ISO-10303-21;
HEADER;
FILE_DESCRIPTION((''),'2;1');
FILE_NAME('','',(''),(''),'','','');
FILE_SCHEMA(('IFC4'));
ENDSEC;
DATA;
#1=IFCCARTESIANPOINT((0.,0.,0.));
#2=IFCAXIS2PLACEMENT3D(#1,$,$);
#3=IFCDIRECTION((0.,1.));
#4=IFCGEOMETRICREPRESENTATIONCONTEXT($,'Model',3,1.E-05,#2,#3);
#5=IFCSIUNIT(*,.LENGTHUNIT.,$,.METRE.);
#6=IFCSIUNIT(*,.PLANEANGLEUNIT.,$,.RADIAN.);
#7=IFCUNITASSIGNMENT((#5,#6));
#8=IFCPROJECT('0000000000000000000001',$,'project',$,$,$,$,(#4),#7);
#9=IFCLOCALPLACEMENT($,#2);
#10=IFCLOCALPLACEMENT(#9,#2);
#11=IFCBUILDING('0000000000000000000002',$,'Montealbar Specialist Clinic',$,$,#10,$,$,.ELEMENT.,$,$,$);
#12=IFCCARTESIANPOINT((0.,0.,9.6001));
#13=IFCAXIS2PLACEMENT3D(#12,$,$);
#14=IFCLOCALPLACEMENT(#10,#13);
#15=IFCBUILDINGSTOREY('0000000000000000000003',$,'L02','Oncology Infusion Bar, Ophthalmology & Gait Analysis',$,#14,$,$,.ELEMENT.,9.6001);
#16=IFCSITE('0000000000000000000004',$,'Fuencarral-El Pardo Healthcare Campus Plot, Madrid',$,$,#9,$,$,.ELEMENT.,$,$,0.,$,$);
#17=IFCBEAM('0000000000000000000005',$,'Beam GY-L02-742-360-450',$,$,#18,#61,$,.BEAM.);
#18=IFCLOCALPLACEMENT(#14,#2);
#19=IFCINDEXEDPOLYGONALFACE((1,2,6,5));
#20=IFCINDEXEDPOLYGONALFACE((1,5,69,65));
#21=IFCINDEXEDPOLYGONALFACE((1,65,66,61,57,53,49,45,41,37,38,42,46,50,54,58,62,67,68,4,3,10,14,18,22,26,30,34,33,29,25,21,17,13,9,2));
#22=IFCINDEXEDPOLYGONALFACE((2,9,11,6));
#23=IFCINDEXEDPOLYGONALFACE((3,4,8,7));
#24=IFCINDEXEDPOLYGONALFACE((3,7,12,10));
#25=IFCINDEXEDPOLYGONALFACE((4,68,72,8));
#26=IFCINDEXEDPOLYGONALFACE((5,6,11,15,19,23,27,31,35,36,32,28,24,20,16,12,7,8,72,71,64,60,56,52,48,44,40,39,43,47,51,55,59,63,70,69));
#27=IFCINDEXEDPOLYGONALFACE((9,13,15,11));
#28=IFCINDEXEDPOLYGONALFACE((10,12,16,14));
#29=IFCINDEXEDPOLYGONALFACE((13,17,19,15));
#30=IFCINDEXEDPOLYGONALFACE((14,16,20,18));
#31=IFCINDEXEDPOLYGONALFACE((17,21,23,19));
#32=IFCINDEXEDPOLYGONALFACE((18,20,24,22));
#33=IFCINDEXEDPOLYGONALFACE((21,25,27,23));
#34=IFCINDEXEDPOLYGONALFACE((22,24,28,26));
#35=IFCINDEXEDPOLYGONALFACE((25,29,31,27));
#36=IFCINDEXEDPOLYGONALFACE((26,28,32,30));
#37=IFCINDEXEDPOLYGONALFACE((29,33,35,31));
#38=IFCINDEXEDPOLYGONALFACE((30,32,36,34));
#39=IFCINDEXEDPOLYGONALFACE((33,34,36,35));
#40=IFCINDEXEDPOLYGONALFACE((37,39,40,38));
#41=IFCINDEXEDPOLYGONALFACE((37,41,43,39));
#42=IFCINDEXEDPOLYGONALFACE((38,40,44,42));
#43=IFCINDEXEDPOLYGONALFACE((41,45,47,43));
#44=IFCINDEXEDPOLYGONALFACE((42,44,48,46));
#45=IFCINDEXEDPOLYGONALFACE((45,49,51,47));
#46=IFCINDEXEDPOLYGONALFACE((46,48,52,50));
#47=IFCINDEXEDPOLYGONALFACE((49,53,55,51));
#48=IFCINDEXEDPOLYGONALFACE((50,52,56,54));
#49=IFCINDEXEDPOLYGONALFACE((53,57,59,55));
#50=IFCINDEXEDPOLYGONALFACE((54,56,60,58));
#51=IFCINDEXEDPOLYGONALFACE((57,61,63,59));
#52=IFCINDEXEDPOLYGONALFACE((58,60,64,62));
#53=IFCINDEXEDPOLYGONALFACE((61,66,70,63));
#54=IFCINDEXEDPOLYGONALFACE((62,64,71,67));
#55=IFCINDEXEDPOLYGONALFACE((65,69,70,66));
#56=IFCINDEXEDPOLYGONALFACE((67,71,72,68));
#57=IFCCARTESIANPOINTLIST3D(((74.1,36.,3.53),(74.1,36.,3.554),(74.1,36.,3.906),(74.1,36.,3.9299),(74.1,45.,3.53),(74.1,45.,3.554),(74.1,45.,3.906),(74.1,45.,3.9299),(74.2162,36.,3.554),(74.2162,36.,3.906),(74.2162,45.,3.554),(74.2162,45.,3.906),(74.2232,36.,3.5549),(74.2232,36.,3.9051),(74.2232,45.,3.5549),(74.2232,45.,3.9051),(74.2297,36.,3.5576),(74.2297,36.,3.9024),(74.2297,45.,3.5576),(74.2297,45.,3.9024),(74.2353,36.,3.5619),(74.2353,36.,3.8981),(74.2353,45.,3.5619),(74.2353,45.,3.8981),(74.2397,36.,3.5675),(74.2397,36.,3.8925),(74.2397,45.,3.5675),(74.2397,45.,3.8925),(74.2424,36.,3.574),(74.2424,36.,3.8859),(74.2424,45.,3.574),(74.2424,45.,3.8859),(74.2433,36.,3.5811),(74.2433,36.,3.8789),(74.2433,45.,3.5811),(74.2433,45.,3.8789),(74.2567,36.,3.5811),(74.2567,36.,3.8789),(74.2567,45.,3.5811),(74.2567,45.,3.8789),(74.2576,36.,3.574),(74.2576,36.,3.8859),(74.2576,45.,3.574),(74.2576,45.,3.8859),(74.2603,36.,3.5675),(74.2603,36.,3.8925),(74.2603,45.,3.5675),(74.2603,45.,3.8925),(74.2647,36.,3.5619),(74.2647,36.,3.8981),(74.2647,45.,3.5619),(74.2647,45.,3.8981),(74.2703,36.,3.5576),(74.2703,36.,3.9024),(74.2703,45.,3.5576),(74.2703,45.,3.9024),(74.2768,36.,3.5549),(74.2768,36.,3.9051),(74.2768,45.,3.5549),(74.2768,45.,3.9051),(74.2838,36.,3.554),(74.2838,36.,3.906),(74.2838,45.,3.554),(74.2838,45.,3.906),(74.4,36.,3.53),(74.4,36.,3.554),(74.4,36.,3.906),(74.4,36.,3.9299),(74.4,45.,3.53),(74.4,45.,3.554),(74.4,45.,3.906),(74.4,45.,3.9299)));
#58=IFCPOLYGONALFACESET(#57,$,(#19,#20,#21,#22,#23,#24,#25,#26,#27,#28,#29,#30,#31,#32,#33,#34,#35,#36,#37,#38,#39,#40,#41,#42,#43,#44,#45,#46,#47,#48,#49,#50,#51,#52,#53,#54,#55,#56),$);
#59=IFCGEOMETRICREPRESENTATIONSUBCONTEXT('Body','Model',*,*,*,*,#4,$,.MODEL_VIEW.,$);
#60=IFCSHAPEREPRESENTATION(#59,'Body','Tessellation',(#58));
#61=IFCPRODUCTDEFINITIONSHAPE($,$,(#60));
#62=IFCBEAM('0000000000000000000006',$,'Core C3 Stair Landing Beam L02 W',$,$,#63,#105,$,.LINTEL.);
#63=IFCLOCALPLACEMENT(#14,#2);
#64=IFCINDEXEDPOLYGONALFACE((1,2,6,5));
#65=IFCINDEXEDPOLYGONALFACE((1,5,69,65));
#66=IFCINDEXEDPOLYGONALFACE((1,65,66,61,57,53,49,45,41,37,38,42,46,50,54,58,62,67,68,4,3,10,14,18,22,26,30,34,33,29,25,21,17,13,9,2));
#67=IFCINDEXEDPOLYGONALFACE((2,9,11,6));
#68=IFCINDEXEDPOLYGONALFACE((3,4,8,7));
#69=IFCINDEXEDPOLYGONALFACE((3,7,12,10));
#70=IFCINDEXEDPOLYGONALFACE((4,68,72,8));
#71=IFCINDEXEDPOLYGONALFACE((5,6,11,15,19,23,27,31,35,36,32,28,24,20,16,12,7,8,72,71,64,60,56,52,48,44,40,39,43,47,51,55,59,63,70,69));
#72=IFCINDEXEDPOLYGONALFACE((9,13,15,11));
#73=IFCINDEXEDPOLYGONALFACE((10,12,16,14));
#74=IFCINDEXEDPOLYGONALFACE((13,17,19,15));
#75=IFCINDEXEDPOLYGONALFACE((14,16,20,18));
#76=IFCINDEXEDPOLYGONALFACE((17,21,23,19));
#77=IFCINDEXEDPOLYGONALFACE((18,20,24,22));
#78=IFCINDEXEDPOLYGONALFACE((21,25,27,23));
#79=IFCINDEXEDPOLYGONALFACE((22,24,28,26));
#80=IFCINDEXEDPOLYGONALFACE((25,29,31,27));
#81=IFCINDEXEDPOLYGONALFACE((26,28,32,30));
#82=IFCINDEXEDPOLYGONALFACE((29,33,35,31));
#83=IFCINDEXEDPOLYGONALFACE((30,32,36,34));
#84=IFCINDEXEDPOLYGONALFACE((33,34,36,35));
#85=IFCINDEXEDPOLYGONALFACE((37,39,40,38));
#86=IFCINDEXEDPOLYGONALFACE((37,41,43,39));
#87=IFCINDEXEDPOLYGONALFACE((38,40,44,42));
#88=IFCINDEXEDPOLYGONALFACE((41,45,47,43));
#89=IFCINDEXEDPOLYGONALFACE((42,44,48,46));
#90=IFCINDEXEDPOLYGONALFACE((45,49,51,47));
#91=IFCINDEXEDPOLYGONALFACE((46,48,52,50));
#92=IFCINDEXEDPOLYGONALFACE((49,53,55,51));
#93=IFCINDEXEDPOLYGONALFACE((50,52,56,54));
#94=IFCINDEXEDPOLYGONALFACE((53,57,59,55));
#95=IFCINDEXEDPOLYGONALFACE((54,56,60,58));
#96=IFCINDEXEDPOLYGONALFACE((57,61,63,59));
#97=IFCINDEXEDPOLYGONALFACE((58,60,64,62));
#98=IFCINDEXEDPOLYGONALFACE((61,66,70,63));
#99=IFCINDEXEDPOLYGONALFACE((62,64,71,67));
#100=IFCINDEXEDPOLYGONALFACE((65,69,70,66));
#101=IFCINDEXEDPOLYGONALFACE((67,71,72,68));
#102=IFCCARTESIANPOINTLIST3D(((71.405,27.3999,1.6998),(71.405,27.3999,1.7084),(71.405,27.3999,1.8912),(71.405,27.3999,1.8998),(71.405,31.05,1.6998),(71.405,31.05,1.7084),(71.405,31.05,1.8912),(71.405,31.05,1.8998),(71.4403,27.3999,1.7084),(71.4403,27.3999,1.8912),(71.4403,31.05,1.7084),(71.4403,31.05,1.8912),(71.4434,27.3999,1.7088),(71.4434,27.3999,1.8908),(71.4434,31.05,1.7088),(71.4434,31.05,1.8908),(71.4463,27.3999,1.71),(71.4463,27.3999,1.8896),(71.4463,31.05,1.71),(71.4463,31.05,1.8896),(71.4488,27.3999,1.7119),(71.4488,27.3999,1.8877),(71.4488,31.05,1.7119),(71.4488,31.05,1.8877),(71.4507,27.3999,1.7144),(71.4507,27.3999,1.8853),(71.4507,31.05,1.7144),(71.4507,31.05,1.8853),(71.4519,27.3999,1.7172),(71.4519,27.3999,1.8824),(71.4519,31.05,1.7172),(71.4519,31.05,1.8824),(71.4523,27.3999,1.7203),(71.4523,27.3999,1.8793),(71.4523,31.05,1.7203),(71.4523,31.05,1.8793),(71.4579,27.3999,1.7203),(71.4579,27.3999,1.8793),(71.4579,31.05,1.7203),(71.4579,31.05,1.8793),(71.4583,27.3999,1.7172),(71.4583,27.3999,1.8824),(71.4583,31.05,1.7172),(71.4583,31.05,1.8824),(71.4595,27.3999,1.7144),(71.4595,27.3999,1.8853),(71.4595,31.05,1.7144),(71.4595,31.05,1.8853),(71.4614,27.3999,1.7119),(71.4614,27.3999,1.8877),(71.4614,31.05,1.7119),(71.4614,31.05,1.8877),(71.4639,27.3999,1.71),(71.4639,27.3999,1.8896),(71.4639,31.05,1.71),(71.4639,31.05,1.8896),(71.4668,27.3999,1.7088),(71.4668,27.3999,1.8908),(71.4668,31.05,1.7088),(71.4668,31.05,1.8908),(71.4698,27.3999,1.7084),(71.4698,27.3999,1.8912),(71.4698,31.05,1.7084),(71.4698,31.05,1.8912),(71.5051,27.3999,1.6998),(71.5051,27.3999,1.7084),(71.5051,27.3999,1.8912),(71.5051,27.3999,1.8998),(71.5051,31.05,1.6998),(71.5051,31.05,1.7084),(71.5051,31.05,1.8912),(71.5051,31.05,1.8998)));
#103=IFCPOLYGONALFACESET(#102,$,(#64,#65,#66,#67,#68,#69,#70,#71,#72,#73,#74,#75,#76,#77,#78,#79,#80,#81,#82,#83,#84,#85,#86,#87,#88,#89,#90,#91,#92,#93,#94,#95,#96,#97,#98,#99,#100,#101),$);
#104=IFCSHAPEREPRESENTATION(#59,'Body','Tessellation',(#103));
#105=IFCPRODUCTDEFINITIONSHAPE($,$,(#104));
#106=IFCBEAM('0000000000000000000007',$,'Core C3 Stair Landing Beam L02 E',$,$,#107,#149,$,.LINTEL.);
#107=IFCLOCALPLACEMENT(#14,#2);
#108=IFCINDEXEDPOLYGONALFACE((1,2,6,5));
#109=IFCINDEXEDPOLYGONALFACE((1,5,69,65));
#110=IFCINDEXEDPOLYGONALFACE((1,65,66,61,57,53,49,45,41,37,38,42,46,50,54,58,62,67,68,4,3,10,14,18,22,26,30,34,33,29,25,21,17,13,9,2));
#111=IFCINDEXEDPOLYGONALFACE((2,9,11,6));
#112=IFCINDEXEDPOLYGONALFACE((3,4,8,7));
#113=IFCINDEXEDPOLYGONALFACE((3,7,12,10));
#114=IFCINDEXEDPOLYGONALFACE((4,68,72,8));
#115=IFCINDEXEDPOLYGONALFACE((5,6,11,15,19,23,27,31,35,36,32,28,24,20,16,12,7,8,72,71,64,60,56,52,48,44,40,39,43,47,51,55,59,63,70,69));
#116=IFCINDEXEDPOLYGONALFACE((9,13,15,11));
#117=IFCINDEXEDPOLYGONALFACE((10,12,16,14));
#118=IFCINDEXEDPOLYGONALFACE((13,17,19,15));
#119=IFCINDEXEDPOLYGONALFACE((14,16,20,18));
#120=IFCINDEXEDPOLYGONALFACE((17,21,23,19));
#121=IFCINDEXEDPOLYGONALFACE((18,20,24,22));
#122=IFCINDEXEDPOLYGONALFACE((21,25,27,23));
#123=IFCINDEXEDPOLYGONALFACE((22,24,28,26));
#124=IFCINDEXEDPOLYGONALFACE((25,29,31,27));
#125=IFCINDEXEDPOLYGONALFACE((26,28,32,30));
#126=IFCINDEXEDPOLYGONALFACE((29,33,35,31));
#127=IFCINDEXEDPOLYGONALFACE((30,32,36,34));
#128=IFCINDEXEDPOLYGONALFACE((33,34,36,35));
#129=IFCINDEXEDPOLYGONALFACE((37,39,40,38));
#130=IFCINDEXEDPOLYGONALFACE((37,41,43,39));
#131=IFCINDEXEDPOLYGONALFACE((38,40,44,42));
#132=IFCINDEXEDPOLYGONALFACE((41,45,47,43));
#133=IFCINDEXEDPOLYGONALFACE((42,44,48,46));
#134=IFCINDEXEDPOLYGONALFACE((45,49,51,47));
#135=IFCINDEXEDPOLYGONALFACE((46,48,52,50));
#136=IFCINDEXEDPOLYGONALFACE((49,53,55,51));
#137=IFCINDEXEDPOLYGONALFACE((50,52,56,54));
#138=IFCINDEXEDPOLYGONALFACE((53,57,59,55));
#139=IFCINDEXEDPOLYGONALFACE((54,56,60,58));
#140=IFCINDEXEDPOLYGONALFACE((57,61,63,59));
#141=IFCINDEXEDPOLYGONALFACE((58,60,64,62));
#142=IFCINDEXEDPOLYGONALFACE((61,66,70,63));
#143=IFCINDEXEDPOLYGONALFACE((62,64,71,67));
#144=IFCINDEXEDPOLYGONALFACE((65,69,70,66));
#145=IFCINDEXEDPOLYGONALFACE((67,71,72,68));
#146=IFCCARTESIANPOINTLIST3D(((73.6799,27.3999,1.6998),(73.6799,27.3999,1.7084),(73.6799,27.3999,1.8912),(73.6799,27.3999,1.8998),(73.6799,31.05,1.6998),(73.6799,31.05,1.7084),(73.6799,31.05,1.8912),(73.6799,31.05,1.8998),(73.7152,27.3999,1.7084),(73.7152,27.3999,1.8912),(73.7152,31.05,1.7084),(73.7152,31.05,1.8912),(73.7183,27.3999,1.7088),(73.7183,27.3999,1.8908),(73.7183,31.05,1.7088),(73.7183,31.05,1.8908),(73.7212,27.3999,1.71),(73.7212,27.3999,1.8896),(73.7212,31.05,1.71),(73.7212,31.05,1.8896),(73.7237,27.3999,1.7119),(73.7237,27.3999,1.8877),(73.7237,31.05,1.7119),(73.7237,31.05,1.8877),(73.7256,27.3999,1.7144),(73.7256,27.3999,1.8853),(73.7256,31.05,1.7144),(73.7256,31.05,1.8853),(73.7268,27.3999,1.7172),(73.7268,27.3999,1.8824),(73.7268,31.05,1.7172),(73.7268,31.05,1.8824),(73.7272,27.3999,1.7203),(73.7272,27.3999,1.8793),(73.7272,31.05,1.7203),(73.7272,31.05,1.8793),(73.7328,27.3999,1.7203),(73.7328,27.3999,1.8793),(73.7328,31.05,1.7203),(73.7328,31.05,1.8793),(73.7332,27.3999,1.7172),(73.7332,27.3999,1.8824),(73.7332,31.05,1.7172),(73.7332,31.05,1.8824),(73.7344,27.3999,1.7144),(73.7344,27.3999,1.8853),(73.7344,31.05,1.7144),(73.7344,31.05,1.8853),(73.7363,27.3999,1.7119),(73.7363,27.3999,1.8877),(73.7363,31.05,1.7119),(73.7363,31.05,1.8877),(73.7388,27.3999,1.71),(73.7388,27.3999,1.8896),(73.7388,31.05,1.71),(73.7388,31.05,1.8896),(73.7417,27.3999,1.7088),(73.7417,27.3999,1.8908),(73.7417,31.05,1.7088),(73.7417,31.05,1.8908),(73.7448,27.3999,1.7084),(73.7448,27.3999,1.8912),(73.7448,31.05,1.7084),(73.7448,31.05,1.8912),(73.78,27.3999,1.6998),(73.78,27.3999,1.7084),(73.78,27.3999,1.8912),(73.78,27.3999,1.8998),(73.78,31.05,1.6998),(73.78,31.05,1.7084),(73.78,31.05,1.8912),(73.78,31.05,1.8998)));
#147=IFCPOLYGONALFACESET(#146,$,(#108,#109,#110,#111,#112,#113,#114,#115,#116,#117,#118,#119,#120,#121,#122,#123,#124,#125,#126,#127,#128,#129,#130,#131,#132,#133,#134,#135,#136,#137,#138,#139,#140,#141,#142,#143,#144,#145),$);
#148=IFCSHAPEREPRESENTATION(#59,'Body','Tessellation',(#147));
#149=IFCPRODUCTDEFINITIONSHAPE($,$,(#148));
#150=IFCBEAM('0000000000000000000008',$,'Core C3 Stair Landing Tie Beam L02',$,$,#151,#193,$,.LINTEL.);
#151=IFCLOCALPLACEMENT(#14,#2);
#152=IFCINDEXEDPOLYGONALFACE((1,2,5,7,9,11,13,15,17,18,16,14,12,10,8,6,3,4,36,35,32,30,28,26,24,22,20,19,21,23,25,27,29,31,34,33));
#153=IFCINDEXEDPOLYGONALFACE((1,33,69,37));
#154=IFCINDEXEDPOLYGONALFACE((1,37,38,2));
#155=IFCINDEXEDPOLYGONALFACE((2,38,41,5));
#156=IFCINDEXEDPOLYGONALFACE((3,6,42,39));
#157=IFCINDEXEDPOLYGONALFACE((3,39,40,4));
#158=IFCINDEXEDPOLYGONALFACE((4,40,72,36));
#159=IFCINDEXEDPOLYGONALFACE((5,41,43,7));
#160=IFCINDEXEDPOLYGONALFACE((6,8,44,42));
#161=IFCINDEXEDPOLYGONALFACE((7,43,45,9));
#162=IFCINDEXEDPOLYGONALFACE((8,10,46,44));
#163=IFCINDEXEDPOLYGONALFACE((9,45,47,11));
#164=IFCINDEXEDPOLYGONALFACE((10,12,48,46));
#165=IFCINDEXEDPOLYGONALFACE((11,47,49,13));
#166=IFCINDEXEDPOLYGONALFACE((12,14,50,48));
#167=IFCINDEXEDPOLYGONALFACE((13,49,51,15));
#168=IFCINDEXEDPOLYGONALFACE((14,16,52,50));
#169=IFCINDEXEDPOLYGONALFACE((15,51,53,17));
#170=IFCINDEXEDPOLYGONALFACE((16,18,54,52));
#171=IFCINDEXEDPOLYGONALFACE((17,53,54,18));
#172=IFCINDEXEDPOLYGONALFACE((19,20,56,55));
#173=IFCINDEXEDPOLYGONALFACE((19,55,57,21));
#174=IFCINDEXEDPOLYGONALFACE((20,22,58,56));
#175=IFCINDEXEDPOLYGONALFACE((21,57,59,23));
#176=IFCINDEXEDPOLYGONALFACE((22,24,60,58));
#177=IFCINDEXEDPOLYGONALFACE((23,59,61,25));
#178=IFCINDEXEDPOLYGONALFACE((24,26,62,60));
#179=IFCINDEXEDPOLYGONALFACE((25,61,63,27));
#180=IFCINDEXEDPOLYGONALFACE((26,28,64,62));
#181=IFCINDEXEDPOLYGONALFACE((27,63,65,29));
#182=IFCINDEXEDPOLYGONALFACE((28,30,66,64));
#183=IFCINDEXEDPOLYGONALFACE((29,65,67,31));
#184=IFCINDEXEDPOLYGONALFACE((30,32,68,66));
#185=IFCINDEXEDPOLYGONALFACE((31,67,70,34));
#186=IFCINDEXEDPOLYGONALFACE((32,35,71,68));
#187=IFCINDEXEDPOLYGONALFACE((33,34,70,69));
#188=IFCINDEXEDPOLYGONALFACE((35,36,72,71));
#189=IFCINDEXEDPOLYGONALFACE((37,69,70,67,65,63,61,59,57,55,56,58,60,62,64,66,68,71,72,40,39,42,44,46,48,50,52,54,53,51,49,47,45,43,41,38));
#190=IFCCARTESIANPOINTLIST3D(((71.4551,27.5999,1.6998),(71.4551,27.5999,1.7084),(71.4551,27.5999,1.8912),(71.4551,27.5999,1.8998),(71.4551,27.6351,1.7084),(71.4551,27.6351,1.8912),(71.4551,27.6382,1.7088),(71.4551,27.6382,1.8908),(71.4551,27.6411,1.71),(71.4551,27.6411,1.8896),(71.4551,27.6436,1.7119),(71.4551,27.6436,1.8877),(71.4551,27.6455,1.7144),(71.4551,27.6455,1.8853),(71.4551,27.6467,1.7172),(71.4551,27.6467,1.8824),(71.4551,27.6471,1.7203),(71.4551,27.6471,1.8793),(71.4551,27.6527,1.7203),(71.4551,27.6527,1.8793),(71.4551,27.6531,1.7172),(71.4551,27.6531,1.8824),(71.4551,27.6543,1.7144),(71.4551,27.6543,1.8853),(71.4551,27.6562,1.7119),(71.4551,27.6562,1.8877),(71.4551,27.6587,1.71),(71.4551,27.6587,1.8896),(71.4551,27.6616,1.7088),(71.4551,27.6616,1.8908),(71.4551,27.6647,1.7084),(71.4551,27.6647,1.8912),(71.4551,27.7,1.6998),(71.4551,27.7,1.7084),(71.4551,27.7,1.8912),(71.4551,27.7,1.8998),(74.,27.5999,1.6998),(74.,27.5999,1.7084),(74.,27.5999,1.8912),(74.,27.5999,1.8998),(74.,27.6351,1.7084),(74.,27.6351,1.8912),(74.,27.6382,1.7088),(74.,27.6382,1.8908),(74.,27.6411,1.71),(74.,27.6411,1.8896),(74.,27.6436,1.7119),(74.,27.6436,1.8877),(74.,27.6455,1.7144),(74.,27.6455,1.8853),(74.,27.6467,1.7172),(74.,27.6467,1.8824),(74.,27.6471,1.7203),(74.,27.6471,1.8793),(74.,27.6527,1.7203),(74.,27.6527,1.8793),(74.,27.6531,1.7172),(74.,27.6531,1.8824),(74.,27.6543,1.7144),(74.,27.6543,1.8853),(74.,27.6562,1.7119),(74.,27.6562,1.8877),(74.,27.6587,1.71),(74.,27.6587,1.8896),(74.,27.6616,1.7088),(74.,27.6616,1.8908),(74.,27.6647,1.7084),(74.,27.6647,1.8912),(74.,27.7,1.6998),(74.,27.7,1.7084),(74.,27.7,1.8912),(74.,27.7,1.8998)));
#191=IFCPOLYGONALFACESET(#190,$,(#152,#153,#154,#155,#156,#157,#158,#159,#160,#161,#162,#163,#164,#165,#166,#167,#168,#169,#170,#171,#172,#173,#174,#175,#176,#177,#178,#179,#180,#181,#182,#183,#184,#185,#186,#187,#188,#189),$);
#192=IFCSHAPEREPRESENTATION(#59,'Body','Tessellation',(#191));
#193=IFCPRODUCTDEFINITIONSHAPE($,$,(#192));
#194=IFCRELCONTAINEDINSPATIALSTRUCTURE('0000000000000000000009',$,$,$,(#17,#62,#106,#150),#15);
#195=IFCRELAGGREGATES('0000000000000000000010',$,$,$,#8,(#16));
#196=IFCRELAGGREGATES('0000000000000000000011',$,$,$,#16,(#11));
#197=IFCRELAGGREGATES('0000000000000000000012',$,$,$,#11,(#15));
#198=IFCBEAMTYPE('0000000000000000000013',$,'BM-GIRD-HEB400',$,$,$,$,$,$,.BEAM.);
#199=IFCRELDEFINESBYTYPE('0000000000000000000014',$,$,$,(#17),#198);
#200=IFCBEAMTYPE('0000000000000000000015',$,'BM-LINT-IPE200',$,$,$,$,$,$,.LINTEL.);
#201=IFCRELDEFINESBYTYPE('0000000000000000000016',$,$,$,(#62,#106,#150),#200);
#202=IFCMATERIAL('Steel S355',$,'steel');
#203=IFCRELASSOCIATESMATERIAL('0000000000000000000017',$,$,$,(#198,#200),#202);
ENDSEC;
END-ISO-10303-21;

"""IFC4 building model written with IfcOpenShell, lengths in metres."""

from ifc_helpers import new_model, si_unit, direction, frame, origin, origin_2d, place, context, subcontext, project, spatial, i_section, extrude, material, material_profile, profile_set, type_object, element, save


model = new_model("IFC4")

# Units and contexts
model_context = context("Model", 3, precision=1e-05, world=origin(), true_north=direction((0.0, 1.0)))
body_context = subcontext(model_context, "Body", "Model", "MODEL_VIEW")
ifc_project = project(units=[si_unit("LENGTHUNIT", "METRE"), si_unit("PLANEANGLEUNIT", "RADIAN")], contexts=[model_context])

# Site, building, storey
site_placement = place(None, origin())
site = spatial("IfcSite", under=ifc_project, at=site_placement, Name="Fuencarral-El Pardo Healthcare Campus Plot, Madrid", CompositionType="ELEMENT", RefElevation=0.0)
building_placement = place(site_placement, origin())
building = spatial("IfcBuilding", under=site, at=building_placement, Name="Montealbar Specialist Clinic", CompositionType="ELEMENT")
storey_placement = place(building_placement, frame((0.0, 0.0, 9.6001)))
storey = spatial("IfcBuildingStorey", under=building, at=storey_placement, Name="L02", Description="Oncology Infusion Bar, Ophthalmology & Gait Analysis", CompositionType="ELEMENT", Elevation=9.6001)

# Shared definitions
ifc_material_1 = material(Name="Steel S355", Category="steel")

# Beams
ifc_material_profile_1 = material_profile(ifc_material_1, i_section(OverallWidth=0.3, OverallDepth=0.3999, WebThickness=0.0134, FlangeThickness=0.0239, FilletRadius=0.0271, at=origin_2d()), Name="HEB 400", Category="steel")
ifc_profile_set_1 = profile_set([ifc_material_profile_1], Name="Steel S355")
beam_type_1 = type_object("IfcBeamType", Name="BM-GIRD-HEB400", PredefinedType="BEAM", material=ifc_profile_set_1)
beam_1_placement = place(storey_placement, frame((74.25, 36.0, 3.73), z_axis=(0.0, 1.0, 0.0), x_axis=(-1.0, 0.0, 0.0)))
element("IfcBeam", 1, at=beam_1_placement, inside=storey, type_object=beam_type_1, Name="Beam GY-L02-742-360-450", PredefinedType="BEAM", context=body_context, shape_type="SweptSolid", body=[
    extrude(i_section(OverallWidth=0.3, OverallDepth=0.3999, WebThickness=0.0134, FlangeThickness=0.0239, FilletRadius=0.0271, at=origin_2d()), origin(), (0.0, 0.0, 1.0), 9.0),
])
ifc_material_profile_2 = material_profile(ifc_material_1, i_section(OverallWidth=0.1001, OverallDepth=0.2, WebThickness=0.0056, FlangeThickness=0.0085, FilletRadius=0.012, at=origin_2d()), Name="IPE 200", Category="steel")
ifc_profile_set_2 = profile_set([ifc_material_profile_2], Name="Steel S355")
beam_type_2 = type_object("IfcBeamType", Name="BM-LINT-IPE200", PredefinedType="LINTEL", material=ifc_profile_set_2)
for number, where, z_axis, x_axis, name in (
    (2, (71.4551, 27.3999, 1.7998), (0.0, 1.0, 0.0), (-1.0, 0.0, 0.0), "Core C3 Stair Landing Beam L02 W"),
    (3, (73.73, 27.3999, 1.7998), (0.0, 1.0, 0.0), (-1.0, 0.0, 0.0), "Core C3 Stair Landing Beam L02 E"),
):
    element("IfcBeam", number, at=place(storey_placement, frame(where, z_axis=z_axis, x_axis=x_axis)), inside=storey, type_object=beam_type_2, Name=name, PredefinedType="LINTEL", context=body_context, shape_type="SweptSolid", body=[
        extrude(i_section(OverallWidth=0.1001, OverallDepth=0.2, WebThickness=0.0056, FlangeThickness=0.0085, FilletRadius=0.012, at=origin_2d()), origin(), (0.0, 0.0, 1.0), 3.6501),
    ])
beam_2_placement = place(storey_placement, frame((71.4551, 27.6499, 1.7998), z_axis=(1.0, 0.0, 0.0), x_axis=(0.0, 1.0, 0.0)))
element("IfcBeam", 4, at=beam_2_placement, inside=storey, type_object=beam_type_2, Name="Core C3 Stair Landing Tie Beam L02", PredefinedType="LINTEL", context=body_context, shape_type="SweptSolid", body=[
    extrude(i_section(OverallWidth=0.1001, OverallDepth=0.2, WebThickness=0.0056, FlangeThickness=0.0085, FilletRadius=0.012, at=origin_2d()), origin(), (0.0, 0.0, 1.0), 2.5449),
])

save(model, "model.ifc")
